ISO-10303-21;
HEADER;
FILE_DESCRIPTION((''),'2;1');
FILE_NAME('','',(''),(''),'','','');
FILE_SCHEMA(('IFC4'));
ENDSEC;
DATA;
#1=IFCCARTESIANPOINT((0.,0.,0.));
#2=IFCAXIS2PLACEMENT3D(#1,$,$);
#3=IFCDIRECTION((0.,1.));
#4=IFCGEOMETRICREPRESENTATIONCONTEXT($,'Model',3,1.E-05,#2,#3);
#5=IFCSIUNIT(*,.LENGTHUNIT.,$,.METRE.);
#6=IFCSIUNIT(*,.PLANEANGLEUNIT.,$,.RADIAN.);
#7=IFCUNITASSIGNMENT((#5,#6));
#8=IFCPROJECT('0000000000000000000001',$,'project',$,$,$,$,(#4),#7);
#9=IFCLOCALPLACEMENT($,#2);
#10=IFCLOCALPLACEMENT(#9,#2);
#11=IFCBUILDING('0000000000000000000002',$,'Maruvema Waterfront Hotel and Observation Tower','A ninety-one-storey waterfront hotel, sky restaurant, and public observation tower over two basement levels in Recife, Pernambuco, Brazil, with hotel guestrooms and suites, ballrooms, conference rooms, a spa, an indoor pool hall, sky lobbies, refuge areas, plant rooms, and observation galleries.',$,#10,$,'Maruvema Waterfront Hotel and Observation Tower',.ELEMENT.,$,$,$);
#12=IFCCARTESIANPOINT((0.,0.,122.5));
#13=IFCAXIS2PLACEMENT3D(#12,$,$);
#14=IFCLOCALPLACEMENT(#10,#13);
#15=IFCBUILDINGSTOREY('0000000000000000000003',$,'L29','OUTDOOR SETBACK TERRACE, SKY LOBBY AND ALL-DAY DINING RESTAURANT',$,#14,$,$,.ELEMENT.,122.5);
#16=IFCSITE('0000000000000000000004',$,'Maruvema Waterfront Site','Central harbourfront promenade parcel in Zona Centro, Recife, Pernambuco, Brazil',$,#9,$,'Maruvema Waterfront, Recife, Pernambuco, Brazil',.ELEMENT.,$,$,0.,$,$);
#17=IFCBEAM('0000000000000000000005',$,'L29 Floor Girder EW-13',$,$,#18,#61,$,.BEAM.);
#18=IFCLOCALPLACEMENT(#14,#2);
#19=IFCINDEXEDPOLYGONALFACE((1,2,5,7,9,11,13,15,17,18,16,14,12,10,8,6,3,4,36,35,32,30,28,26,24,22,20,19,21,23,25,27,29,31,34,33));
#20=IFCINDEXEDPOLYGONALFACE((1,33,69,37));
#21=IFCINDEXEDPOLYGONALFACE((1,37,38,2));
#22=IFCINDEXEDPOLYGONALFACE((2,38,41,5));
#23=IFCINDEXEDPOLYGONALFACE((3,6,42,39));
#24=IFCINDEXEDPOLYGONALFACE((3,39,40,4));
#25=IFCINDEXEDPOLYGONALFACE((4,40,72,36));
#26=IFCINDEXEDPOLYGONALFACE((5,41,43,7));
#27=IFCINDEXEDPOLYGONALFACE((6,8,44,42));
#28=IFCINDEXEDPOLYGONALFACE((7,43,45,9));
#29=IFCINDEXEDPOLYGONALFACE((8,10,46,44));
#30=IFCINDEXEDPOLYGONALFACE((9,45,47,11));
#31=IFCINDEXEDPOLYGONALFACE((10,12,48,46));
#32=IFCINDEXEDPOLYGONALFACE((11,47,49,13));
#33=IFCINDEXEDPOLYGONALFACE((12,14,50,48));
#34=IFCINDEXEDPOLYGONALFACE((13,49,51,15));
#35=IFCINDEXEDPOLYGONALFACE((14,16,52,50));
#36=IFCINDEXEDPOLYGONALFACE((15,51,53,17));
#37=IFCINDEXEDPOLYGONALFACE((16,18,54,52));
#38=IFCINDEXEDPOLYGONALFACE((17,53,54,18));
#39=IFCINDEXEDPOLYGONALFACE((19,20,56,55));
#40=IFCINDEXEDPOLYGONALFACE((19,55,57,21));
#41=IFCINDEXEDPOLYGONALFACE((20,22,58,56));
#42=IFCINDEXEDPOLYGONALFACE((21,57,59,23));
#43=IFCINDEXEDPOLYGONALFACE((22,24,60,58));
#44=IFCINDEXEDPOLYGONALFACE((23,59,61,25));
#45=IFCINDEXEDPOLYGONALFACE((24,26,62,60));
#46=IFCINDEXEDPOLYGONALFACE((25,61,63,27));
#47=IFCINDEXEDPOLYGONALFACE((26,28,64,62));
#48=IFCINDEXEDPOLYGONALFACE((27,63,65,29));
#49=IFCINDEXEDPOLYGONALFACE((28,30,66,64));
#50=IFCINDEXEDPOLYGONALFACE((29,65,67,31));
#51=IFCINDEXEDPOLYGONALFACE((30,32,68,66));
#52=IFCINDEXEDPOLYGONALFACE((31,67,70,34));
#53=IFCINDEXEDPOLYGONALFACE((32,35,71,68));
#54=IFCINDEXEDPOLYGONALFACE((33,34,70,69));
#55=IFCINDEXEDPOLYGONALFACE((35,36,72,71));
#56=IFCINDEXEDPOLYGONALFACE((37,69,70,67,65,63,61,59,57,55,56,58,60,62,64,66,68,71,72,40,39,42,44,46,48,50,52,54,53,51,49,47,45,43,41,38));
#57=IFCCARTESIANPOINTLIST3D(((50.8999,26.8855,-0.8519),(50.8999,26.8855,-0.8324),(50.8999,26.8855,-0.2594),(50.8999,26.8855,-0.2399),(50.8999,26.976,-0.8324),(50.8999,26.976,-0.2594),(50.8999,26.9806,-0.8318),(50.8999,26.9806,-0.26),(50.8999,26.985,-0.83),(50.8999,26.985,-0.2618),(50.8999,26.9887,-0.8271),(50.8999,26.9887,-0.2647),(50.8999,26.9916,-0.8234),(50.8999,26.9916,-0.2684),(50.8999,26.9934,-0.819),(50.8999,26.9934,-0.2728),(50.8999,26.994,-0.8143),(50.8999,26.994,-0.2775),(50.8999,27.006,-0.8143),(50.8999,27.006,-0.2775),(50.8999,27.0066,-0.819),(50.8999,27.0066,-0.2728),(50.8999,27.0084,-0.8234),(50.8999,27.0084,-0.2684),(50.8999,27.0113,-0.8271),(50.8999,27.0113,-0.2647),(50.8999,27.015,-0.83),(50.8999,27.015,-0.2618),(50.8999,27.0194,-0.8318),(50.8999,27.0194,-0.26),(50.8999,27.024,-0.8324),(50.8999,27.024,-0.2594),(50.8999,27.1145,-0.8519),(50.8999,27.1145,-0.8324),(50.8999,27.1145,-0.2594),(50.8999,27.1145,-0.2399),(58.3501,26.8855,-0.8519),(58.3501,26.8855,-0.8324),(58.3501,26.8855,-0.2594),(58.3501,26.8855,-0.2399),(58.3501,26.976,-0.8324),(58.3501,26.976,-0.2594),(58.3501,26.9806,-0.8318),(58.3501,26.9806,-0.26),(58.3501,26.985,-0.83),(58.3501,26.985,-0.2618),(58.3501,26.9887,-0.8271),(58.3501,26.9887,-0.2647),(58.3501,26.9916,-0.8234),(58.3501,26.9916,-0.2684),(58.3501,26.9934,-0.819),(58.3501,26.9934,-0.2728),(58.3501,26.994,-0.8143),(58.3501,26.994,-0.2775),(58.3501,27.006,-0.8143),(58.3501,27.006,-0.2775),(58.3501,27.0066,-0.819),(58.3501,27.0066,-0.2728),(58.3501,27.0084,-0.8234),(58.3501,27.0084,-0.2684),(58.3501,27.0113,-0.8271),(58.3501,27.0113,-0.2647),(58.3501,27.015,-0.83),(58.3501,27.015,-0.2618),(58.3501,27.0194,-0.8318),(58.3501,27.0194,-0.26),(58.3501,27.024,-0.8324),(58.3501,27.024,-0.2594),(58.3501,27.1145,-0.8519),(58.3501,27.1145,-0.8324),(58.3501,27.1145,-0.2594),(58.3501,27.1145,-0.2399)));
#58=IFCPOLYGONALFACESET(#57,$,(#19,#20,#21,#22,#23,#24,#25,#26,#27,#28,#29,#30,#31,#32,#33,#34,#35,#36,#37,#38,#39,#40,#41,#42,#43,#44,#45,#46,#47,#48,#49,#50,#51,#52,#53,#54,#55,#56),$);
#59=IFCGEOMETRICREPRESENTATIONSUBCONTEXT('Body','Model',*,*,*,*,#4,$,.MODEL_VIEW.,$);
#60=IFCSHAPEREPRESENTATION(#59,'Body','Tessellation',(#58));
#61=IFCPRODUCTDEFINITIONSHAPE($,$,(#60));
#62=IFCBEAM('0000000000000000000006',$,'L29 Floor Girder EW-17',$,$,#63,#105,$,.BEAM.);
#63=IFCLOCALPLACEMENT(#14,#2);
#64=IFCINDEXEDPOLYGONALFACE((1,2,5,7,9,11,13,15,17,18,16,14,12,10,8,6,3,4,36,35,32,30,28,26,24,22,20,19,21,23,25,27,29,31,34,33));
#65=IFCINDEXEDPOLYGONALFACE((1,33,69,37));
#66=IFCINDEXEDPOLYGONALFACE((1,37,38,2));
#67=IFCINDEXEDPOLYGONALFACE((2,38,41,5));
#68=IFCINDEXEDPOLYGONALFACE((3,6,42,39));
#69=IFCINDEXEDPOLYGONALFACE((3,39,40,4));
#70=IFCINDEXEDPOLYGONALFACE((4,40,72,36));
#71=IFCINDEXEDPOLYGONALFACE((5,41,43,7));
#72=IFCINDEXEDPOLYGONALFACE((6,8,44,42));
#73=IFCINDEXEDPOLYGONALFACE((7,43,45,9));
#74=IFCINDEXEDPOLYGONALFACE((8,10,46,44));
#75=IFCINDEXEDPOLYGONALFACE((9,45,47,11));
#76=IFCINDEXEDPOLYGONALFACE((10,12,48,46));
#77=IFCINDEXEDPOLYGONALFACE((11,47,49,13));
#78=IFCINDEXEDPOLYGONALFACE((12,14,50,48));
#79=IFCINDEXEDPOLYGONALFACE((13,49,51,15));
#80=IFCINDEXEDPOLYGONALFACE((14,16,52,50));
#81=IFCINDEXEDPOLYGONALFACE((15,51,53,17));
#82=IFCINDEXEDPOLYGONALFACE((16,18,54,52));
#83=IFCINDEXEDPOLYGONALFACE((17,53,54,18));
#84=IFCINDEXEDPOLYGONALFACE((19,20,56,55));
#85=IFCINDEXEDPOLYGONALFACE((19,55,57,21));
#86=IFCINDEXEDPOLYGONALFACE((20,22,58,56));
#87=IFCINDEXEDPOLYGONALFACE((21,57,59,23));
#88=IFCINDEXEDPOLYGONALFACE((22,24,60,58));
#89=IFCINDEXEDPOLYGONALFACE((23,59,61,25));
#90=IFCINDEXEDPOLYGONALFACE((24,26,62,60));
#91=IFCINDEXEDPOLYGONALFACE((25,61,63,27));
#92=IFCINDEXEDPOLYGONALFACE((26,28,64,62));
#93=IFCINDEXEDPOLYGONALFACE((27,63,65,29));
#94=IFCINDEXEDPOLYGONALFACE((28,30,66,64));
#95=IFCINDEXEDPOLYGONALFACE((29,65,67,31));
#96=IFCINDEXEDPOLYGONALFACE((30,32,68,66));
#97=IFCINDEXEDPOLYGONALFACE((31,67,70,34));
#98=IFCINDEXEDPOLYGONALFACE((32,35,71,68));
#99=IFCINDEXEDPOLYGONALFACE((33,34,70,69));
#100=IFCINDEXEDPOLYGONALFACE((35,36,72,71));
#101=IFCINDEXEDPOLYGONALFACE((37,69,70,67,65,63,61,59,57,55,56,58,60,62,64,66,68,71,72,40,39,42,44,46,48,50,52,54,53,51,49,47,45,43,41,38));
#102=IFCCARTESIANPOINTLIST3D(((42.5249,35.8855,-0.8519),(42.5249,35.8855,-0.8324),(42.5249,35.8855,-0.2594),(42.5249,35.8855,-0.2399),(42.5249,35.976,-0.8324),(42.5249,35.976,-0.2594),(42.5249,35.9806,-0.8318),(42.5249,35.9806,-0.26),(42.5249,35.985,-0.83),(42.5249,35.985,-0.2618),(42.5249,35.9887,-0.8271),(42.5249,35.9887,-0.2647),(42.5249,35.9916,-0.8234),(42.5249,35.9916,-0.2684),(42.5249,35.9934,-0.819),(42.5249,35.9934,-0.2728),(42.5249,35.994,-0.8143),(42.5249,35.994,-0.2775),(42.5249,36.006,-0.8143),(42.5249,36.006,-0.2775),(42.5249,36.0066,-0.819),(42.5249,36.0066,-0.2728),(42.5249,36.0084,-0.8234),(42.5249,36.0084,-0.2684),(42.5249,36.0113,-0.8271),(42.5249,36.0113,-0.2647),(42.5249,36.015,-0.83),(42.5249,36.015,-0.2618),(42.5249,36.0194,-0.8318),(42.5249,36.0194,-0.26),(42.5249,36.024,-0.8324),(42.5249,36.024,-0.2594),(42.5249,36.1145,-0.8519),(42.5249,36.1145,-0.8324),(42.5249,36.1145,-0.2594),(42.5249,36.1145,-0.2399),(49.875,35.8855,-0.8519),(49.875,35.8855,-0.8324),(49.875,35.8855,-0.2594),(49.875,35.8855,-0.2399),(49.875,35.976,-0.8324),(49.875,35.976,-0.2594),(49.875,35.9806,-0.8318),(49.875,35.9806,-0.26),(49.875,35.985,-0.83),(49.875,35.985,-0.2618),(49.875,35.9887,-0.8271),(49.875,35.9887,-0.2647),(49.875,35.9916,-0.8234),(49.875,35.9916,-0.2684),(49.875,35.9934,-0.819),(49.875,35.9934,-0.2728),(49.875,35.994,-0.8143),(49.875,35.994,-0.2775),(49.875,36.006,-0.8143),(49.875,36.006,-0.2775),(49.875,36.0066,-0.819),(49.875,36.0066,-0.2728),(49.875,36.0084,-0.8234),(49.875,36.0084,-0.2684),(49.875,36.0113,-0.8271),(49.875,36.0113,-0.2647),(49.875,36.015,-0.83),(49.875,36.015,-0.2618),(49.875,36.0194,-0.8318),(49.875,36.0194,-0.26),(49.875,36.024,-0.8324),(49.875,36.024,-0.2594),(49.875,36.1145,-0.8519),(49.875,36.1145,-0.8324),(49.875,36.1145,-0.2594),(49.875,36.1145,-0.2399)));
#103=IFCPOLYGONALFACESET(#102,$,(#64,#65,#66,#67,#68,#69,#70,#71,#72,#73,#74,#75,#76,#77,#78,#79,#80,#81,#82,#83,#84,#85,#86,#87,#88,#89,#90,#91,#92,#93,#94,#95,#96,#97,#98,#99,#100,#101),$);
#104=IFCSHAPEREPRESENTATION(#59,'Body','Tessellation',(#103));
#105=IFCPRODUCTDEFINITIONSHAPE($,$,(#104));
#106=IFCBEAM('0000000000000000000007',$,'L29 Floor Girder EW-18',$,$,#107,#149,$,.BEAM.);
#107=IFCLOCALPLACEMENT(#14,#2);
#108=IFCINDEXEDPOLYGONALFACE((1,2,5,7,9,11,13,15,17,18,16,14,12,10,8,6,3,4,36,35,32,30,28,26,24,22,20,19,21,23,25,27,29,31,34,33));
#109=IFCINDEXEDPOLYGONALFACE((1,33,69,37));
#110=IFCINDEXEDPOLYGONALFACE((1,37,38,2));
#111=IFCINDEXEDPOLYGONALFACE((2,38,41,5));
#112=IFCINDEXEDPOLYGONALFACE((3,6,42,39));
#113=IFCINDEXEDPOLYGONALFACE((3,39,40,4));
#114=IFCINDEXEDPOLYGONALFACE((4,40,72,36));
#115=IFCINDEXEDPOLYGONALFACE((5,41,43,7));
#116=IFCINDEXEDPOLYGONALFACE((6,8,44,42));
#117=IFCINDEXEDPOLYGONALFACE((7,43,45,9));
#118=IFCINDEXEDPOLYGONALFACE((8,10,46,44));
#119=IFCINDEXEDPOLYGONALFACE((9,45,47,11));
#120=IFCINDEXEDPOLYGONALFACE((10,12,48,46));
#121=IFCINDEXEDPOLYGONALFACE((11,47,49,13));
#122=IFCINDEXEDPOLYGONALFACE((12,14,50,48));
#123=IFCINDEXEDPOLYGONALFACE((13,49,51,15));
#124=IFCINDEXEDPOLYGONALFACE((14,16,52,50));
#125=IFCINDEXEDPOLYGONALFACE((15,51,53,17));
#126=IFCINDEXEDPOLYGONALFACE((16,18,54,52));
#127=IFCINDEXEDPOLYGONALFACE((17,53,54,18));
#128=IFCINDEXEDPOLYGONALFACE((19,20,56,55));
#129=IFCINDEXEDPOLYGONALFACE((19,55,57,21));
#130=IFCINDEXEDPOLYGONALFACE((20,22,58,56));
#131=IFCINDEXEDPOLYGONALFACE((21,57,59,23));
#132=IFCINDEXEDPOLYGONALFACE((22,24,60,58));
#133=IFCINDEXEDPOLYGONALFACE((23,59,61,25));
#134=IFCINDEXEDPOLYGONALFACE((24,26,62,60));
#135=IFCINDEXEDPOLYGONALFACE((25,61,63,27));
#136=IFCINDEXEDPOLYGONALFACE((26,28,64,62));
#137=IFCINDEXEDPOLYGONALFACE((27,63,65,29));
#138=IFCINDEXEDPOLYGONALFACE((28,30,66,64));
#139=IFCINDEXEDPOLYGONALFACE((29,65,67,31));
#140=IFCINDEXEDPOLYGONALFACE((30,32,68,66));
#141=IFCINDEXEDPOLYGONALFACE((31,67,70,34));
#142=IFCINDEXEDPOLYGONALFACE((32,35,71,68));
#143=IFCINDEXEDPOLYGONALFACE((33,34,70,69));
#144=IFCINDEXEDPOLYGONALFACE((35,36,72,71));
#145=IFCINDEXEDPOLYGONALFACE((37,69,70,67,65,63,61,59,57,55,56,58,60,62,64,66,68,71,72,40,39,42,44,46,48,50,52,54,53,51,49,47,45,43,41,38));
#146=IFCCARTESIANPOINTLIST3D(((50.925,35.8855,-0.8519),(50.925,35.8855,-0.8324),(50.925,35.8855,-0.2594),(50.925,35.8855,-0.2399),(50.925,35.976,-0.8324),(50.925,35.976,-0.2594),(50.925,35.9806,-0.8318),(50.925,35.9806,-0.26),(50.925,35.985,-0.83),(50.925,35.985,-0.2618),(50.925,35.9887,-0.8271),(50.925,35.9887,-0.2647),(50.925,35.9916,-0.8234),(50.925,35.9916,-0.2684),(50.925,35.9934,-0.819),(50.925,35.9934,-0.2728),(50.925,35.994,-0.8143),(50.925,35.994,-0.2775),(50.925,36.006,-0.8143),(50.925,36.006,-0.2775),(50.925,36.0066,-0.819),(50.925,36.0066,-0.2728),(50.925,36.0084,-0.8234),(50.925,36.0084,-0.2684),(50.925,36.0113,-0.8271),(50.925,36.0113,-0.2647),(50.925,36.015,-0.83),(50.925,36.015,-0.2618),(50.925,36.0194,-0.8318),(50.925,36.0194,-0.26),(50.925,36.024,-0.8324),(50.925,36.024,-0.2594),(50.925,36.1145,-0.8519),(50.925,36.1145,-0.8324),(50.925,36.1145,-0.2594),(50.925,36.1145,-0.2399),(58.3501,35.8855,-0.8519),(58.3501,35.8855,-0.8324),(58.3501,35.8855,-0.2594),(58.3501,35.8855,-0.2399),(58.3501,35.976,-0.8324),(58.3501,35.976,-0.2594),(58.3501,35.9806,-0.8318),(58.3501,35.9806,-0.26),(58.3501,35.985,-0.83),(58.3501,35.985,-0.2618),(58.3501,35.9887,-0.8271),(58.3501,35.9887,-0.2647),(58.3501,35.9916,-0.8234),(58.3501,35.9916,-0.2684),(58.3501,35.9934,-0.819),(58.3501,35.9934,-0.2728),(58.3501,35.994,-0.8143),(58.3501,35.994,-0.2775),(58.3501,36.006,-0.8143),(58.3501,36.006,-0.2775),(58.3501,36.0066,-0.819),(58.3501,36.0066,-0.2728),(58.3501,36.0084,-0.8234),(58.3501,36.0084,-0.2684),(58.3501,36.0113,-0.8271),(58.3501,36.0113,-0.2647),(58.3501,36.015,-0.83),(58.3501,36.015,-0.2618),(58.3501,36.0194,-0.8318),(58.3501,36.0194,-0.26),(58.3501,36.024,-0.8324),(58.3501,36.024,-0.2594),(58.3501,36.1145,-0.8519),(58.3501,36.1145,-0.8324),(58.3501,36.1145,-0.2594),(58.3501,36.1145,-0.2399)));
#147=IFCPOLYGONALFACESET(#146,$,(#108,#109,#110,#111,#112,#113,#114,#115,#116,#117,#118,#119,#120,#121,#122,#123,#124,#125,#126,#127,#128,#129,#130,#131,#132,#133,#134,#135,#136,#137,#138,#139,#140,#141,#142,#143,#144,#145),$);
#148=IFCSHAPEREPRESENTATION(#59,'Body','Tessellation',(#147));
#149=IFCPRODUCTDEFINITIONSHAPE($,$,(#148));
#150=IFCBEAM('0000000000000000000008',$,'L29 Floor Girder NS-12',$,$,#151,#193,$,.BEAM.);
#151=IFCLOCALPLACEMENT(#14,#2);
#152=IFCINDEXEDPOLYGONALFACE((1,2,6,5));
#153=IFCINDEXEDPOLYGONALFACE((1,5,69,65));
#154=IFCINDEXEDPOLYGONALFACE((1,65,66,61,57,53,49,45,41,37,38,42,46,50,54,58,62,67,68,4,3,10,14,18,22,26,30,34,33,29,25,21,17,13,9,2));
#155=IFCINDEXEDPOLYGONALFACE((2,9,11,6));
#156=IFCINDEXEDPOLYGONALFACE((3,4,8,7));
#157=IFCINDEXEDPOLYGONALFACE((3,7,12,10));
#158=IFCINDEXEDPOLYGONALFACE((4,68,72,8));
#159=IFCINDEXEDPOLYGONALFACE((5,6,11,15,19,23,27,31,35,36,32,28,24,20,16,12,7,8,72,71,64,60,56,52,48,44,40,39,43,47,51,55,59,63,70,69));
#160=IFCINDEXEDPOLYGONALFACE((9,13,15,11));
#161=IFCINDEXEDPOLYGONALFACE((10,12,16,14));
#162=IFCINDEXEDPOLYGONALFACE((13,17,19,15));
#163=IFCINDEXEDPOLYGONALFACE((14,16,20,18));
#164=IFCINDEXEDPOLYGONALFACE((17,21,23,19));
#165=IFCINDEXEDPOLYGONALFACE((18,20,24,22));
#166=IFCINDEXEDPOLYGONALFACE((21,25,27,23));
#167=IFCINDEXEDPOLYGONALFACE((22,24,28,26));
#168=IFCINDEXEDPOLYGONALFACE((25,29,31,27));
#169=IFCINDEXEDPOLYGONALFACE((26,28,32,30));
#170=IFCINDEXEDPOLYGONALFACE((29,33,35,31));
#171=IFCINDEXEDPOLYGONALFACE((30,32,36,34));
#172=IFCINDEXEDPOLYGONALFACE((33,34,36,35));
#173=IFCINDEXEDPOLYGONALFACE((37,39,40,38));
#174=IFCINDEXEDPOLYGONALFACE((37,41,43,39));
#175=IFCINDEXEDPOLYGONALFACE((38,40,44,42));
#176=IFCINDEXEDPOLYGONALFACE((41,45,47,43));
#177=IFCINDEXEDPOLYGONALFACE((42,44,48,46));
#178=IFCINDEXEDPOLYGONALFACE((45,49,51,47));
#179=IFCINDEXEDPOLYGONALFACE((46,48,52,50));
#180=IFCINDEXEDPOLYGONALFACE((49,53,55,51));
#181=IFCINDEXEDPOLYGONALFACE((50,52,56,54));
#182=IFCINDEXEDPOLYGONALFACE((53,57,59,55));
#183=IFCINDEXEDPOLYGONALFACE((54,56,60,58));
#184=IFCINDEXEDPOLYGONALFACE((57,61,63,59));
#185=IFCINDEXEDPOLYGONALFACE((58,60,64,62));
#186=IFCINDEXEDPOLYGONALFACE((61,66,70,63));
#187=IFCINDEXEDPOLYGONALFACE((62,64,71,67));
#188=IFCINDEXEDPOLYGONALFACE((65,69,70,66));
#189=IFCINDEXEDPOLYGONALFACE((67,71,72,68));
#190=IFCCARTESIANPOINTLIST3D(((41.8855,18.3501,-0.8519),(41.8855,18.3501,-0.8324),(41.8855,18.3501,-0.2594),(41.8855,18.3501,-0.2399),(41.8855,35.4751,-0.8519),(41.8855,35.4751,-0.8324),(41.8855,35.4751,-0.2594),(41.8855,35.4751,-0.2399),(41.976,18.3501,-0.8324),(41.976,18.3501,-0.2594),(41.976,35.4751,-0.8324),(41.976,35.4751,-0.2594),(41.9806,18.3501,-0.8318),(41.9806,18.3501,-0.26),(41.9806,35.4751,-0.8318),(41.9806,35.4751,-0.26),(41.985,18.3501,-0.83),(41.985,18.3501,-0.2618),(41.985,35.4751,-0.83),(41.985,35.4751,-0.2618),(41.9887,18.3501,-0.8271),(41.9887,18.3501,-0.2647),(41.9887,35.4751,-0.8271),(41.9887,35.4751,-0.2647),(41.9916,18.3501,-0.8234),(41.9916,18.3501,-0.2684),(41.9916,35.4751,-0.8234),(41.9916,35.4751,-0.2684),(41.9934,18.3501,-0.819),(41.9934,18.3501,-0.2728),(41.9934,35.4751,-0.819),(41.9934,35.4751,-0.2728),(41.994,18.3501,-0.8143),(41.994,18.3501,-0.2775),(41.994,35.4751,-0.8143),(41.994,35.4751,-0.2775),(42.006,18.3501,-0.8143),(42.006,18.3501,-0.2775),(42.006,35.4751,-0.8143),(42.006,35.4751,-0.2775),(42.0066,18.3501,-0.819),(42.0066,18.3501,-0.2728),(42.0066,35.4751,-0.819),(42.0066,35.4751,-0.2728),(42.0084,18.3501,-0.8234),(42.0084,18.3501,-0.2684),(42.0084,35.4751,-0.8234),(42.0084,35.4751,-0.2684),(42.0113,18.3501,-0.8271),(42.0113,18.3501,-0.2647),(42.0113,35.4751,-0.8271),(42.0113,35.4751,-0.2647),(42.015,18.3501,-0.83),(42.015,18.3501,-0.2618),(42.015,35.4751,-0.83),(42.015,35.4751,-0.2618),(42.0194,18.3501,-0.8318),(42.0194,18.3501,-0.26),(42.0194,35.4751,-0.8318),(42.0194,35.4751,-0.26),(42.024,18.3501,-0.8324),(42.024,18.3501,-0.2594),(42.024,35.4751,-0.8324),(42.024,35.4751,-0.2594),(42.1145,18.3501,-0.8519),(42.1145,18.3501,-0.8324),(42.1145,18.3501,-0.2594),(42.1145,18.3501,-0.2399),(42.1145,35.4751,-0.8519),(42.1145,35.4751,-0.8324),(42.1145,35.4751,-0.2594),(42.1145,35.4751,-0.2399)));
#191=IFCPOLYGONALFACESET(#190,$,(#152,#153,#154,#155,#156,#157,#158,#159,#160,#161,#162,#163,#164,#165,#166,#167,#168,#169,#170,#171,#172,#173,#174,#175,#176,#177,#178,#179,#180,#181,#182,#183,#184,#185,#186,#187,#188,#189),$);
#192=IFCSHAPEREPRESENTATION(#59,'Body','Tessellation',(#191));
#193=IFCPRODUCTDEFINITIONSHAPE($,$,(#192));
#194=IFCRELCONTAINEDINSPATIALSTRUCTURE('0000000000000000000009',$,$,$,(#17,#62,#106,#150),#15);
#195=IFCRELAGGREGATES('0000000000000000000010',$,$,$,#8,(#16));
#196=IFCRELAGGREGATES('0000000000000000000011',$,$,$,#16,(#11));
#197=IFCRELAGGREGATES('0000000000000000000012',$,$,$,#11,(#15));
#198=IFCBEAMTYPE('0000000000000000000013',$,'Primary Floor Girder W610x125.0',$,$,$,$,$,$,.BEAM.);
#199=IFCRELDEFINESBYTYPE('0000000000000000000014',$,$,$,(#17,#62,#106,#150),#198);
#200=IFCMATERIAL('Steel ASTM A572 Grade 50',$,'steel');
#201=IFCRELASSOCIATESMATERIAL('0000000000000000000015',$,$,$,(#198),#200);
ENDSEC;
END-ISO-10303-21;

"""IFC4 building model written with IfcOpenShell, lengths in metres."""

from ifc_helpers import new_model, si_unit, direction, frame, origin, origin_2d, place, context, subcontext, project, spatial, i_section, extrude, material, material_profile, profile_set, type_object, element, save


model = new_model("IFC4")

# Units and contexts
model_context = context("Model", 3, precision=1e-05, world=origin(), true_north=direction((0.0, 1.0)))
body_context = subcontext(model_context, "Body", "Model", "MODEL_VIEW")
ifc_project = project(units=[si_unit("LENGTHUNIT", "METRE"), si_unit("PLANEANGLEUNIT", "RADIAN")], contexts=[model_context])

# Site, building, storey
site_placement = place(None, origin())
site = spatial("IfcSite", under=ifc_project, at=site_placement, Name="Maruvema Waterfront Site", Description="Central harbourfront promenade parcel in Zona Centro, Recife, Pernambuco, Brazil", LongName="Maruvema Waterfront, Recife, Pernambuco, Brazil", CompositionType="ELEMENT", RefElevation=0.0)
building_placement = place(site_placement, origin())
building = spatial("IfcBuilding", under=site, at=building_placement, Name="Maruvema Waterfront Hotel and Observation Tower", Description="A ninety-one-storey waterfront hotel, sky restaurant, and public observation tower over two basement levels in Recife, Pernambuco, Brazil, with hotel guestrooms and suites, ballrooms, conference rooms, a spa, an indoor pool hall, sky lobbies, refuge areas, plant rooms, and observation galleries.", LongName="Maruvema Waterfront Hotel and Observation Tower", CompositionType="ELEMENT")
storey_placement = place(building_placement, frame((0.0, 0.0, 122.5)))
storey = spatial("IfcBuildingStorey", under=building, at=storey_placement, Name="L29", Description="OUTDOOR SETBACK TERRACE, SKY LOBBY AND ALL-DAY DINING RESTAURANT", CompositionType="ELEMENT", Elevation=122.5)

# Beams
ifc_material_1 = material(Name="Steel ASTM A572 Grade 50", Category="steel")
ifc_material_profile_1 = material_profile(ifc_material_1, i_section(OverallWidth=0.229, OverallDepth=0.6121, WebThickness=0.012, FlangeThickness=0.0195, FilletRadius=0.0181, at=origin_2d()), Name="W610x125.0")
ifc_profile_set_1 = profile_set([ifc_material_profile_1], Name="Steel ASTM A572 Grade 50")
beam_type_1 = type_object("IfcBeamType", Name="Primary Floor Girder W610x125.0", PredefinedType="BEAM", material=ifc_profile_set_1)
beam_1_placement = place(storey_placement, frame((50.8999, 27.0, -0.5459), z_axis=(1.0, 0.0, 0.0), x_axis=(0.0, 1.0, 0.0)))
element("IfcBeam", 1, at=beam_1_placement, inside=storey, type_object=beam_type_1, Name="L29 Floor Girder EW-13", PredefinedType="BEAM", context=body_context, shape_type="SweptSolid", body=[
    extrude(i_section(OverallWidth=0.229, OverallDepth=0.6121, WebThickness=0.012, FlangeThickness=0.0195, FilletRadius=0.0181, at=origin_2d()), origin(), (0.0, 0.0, 1.0), 7.4502),
])
beam_2_placement = place(storey_placement, frame((42.5249, 36.0, -0.5459), z_axis=(1.0, 0.0, 0.0), x_axis=(0.0, 1.0, 0.0)))
element("IfcBeam", 2, at=beam_2_placement, inside=storey, type_object=beam_type_1, Name="L29 Floor Girder EW-17", PredefinedType="BEAM", context=body_context, shape_type="SweptSolid", body=[
    extrude(i_section(OverallWidth=0.229, OverallDepth=0.6121, WebThickness=0.012, FlangeThickness=0.0195, FilletRadius=0.0181, at=origin_2d()), origin(), (0.0, 0.0, 1.0), 7.3501),
])
beam_3_placement = place(storey_placement, frame((50.925, 36.0, -0.5459), z_axis=(1.0, 0.0, 0.0), x_axis=(0.0, 1.0, 0.0)))
element("IfcBeam", 3, at=beam_3_placement, inside=storey, type_object=beam_type_1, Name="L29 Floor Girder EW-18", PredefinedType="BEAM", context=body_context, shape_type="SweptSolid", body=[
    extrude(i_section(OverallWidth=0.229, OverallDepth=0.6121, WebThickness=0.012, FlangeThickness=0.0195, FilletRadius=0.0181, at=origin_2d()), origin(), (0.0, 0.0, 1.0), 7.425),
])
beam_4_placement = place(storey_placement, frame((42.0, 18.3501, -0.5459), z_axis=(0.0, 1.0, 0.0), x_axis=(-1.0, 0.0, 0.0)))
element("IfcBeam", 4, at=beam_4_placement, inside=storey, type_object=beam_type_1, Name="L29 Floor Girder NS-12", PredefinedType="BEAM", context=body_context, shape_type="SweptSolid", body=[
    extrude(i_section(OverallWidth=0.229, OverallDepth=0.6121, WebThickness=0.012, FlangeThickness=0.0195, FilletRadius=0.0181, at=origin_2d()), origin(), (0.0, 0.0, 1.0), 17.125),
])

save(model, "model.ifc")
